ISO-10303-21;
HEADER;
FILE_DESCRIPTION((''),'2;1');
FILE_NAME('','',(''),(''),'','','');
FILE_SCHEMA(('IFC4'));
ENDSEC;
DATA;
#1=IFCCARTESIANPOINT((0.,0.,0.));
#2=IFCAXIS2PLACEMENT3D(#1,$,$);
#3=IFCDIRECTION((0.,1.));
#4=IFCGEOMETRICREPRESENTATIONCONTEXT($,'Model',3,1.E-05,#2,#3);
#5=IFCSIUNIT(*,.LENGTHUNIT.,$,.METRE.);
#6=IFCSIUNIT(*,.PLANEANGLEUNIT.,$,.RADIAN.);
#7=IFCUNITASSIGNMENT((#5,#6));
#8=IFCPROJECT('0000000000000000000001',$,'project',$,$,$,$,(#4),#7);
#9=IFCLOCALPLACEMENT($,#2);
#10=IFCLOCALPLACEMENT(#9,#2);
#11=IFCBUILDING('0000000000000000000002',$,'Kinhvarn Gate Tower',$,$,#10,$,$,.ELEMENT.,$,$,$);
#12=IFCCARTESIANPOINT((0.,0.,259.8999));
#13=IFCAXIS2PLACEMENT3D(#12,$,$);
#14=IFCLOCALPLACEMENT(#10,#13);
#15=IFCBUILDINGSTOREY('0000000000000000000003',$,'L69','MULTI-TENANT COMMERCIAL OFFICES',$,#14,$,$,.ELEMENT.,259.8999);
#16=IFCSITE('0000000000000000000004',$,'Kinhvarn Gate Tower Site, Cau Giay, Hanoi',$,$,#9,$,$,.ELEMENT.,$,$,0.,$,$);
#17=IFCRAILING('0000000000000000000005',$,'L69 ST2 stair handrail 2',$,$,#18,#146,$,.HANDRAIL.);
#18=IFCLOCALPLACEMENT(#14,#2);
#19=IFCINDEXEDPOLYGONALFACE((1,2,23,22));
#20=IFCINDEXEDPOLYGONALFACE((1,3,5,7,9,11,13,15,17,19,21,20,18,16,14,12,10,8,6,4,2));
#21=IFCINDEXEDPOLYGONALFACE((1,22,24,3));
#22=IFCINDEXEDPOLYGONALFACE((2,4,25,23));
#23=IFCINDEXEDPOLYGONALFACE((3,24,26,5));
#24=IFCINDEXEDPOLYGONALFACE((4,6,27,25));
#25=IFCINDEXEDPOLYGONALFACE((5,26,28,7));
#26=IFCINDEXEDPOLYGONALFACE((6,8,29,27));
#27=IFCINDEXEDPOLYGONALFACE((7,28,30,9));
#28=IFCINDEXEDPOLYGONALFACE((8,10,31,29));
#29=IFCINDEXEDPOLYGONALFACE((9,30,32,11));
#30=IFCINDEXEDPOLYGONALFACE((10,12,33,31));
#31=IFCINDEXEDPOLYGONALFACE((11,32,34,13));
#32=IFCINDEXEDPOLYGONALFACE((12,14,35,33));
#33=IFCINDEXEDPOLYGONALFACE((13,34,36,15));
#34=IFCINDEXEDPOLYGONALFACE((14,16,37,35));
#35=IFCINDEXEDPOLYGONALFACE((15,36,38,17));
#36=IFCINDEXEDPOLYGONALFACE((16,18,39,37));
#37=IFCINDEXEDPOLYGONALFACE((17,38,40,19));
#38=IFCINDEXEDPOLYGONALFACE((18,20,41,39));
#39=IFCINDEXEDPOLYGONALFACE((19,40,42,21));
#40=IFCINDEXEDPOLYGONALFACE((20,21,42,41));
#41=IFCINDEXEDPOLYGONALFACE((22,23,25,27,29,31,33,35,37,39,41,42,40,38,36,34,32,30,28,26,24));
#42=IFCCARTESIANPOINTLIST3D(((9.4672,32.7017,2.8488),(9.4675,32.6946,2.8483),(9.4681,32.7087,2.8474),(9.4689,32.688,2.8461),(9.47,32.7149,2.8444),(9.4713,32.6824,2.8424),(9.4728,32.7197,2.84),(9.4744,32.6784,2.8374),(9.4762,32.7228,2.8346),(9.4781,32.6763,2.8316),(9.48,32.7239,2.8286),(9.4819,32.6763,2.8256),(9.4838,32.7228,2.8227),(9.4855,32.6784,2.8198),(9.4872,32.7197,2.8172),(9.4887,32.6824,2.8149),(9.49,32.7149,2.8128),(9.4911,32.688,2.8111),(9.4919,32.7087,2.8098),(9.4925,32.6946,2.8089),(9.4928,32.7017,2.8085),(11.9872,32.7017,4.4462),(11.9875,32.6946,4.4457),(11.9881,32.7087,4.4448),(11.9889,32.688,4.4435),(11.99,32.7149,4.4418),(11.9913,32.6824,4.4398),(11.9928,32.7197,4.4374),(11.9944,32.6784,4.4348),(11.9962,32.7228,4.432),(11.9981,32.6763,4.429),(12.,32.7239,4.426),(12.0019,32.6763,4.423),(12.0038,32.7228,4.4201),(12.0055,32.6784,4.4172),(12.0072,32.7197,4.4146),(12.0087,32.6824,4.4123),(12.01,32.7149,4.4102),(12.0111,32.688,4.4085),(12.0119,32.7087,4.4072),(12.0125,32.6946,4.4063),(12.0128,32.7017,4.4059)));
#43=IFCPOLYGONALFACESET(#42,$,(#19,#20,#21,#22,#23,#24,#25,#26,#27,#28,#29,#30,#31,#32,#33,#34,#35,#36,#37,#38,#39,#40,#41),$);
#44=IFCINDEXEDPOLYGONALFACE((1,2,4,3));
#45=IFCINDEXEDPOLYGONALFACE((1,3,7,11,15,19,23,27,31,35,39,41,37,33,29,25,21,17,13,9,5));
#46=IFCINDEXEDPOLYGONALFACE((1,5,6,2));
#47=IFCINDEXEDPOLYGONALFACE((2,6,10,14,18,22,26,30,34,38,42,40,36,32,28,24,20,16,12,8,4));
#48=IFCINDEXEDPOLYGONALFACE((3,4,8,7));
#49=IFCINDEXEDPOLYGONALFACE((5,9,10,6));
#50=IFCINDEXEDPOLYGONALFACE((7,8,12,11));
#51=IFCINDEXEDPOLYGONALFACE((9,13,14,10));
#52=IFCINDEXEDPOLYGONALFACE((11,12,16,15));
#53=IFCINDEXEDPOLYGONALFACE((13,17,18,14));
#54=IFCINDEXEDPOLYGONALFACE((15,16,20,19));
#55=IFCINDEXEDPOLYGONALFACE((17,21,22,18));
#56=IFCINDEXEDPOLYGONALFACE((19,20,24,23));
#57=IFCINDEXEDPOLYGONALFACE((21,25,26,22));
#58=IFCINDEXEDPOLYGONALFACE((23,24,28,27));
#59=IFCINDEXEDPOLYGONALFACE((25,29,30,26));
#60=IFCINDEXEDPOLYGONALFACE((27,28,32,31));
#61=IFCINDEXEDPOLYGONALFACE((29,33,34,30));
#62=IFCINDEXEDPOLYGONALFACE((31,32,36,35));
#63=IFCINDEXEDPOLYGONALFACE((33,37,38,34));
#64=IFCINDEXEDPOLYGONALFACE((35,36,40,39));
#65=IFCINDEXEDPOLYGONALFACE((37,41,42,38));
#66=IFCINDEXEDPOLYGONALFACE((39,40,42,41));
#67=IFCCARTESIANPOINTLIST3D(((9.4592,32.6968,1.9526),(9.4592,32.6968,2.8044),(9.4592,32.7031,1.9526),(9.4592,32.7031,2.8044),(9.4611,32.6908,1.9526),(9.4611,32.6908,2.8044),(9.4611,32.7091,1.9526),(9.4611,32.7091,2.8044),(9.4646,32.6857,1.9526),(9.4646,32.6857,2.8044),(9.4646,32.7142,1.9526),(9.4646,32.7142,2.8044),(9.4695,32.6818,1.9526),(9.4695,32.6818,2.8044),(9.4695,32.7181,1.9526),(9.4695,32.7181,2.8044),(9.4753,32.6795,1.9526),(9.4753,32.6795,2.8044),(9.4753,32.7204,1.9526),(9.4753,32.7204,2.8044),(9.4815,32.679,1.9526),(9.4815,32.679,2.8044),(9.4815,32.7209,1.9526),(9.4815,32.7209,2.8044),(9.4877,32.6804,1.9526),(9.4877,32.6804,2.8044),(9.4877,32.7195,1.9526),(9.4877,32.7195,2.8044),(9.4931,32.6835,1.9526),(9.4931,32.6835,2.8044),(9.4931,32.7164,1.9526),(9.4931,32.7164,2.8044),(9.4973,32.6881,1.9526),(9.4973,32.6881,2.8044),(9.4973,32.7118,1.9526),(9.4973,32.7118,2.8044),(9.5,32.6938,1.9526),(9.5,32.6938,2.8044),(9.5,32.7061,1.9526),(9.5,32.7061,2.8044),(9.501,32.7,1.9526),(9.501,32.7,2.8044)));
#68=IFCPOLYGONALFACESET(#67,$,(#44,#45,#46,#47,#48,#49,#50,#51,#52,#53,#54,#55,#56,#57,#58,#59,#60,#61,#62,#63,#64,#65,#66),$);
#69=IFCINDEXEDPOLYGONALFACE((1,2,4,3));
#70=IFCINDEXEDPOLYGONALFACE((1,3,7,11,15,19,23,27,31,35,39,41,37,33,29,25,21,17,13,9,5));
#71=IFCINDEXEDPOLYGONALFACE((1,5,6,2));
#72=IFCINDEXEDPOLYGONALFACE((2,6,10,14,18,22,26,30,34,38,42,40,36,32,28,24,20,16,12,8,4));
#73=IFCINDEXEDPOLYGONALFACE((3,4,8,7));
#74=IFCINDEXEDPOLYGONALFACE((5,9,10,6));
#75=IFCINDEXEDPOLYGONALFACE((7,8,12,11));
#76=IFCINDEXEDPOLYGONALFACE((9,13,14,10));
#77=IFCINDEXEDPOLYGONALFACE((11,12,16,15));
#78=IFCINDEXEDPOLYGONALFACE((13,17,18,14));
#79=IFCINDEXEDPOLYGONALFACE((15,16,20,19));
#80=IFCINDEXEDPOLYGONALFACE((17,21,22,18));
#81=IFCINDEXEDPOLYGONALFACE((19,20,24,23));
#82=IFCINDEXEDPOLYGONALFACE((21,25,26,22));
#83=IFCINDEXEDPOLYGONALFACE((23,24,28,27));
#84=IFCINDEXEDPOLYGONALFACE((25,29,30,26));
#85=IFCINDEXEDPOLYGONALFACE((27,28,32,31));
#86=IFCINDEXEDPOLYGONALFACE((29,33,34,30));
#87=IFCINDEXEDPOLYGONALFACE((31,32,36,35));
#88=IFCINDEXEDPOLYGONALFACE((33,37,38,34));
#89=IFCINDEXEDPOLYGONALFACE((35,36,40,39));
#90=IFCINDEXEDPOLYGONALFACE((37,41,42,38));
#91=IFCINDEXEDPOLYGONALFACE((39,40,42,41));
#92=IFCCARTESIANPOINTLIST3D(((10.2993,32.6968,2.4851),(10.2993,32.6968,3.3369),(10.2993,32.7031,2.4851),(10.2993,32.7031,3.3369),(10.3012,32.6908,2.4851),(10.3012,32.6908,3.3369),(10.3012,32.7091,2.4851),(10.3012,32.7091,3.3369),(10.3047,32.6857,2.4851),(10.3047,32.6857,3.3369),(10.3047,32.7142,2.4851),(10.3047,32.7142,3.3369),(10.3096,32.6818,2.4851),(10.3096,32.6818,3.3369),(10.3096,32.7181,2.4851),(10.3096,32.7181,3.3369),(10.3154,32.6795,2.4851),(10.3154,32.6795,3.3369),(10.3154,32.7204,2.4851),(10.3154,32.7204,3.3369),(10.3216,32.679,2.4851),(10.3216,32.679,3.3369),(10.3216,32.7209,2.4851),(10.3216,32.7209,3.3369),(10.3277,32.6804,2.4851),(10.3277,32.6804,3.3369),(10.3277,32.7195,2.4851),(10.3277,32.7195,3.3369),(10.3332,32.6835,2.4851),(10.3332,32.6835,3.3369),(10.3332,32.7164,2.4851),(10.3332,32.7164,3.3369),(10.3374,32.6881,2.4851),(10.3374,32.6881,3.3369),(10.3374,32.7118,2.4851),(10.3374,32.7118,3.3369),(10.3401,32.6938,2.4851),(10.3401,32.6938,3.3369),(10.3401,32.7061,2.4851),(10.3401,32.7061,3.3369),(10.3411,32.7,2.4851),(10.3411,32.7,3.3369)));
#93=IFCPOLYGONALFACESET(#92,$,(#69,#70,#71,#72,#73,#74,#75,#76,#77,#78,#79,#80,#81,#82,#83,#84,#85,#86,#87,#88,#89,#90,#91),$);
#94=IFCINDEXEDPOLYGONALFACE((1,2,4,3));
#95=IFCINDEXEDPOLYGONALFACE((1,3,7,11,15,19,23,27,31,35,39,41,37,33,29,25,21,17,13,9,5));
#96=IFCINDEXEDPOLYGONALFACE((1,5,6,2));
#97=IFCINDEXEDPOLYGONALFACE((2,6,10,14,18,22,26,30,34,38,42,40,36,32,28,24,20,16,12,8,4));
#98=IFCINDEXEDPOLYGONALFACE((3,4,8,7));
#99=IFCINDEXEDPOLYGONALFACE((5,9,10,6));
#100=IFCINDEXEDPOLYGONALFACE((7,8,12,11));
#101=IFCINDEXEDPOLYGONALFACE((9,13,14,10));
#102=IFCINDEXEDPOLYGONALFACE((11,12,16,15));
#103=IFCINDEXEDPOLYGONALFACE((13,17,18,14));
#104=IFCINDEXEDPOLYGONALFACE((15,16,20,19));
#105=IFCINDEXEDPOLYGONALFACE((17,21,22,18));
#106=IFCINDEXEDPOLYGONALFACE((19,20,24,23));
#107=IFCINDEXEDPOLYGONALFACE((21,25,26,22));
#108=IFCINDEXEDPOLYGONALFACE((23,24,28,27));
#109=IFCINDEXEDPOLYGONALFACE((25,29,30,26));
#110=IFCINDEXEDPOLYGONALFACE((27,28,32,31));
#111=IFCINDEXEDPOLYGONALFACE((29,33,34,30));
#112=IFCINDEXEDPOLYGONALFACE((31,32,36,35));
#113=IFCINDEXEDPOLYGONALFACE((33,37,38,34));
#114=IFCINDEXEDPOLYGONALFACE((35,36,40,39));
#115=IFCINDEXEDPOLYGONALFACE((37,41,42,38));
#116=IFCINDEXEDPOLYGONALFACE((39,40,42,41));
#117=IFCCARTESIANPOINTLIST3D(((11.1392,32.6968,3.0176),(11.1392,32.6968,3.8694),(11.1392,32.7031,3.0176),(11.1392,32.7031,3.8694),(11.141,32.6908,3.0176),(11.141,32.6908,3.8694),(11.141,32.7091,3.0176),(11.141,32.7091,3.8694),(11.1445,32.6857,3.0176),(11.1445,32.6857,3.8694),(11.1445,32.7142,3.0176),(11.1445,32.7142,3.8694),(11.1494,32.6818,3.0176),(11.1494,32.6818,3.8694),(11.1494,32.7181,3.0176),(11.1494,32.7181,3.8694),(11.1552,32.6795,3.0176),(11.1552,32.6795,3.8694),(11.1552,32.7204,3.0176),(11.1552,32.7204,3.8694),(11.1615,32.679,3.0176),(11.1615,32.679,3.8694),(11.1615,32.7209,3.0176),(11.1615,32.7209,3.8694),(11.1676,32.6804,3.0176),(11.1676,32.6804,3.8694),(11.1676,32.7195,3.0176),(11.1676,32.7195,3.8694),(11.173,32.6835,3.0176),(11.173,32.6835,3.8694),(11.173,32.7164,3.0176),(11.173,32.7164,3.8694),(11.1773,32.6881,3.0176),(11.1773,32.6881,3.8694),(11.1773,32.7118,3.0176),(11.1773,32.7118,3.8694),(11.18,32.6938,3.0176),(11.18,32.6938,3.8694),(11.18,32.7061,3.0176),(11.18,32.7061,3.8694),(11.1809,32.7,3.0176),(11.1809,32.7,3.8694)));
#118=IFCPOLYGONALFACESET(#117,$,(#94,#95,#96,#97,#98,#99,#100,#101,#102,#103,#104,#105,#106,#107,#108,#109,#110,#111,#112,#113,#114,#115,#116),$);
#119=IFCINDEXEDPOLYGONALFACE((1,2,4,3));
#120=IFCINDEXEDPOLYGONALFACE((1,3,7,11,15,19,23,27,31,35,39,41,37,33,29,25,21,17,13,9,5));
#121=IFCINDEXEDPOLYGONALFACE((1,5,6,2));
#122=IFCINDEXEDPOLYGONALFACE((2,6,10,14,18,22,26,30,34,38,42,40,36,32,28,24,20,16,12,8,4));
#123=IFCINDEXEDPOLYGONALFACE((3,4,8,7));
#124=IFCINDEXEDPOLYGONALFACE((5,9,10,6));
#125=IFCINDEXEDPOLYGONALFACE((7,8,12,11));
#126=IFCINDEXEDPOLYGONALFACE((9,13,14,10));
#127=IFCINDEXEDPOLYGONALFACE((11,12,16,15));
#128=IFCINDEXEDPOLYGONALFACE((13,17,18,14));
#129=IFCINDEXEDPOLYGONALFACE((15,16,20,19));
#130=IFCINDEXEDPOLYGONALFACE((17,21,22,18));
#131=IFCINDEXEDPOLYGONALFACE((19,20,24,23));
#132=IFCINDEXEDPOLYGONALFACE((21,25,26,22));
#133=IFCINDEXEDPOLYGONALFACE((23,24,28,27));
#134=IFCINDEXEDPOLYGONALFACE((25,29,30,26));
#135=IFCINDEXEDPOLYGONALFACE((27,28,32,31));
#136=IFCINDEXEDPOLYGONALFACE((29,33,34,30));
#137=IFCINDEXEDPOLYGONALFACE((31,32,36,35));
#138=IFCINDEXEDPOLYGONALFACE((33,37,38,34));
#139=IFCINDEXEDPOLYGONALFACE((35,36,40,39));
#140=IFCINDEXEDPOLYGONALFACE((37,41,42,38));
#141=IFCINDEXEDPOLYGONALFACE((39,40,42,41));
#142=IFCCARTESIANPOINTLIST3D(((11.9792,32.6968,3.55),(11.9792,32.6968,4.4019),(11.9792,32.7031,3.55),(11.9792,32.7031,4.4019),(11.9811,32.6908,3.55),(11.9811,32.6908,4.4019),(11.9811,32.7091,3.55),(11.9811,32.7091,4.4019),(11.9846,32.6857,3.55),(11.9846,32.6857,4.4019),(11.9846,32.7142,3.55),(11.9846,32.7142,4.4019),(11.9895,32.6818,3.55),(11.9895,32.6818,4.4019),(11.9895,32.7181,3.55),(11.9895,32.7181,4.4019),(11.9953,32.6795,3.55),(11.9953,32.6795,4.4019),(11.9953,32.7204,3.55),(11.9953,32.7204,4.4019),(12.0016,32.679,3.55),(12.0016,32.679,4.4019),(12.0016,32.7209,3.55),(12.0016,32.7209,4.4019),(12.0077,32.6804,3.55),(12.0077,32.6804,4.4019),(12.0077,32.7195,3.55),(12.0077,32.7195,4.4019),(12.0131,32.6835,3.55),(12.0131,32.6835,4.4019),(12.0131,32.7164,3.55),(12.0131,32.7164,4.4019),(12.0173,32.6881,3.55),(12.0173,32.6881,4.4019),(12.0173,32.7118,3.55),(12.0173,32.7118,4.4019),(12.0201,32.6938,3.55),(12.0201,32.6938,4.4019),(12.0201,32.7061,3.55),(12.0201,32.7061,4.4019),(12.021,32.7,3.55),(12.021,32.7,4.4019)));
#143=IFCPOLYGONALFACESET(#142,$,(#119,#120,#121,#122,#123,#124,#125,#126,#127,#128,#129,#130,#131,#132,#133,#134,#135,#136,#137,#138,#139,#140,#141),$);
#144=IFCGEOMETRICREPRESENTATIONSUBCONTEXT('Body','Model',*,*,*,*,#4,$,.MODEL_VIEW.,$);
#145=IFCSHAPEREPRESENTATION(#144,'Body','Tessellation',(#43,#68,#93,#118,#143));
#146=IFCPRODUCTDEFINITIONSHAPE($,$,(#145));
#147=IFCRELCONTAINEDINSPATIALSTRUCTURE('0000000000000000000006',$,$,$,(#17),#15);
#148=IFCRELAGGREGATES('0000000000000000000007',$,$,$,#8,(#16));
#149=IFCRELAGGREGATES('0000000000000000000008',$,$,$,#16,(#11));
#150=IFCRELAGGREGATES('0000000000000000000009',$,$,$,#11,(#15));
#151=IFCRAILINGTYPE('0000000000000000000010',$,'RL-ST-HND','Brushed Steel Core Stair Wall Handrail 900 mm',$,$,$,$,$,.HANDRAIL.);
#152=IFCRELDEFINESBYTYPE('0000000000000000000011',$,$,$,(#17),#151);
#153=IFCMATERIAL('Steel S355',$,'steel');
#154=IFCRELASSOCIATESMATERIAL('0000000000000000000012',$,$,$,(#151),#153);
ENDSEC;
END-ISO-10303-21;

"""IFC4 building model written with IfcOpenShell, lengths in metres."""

from ifc_helpers import new_model, si_unit, direction, frame, origin, origin_2d, place, context, subcontext, project, spatial, circle, extrude, material, type_object, element, save


model = new_model("IFC4")

# Units and contexts
model_context = context("Model", 3, precision=1e-05, world=origin(), true_north=direction((0.0, 1.0)))
body_context = subcontext(model_context, "Body", "Model", "MODEL_VIEW")
ifc_project = project(units=[si_unit("LENGTHUNIT", "METRE"), si_unit("PLANEANGLEUNIT", "RADIAN")], contexts=[model_context])

# Site, building, storey
site_placement = place(None, origin())
site = spatial("IfcSite", under=ifc_project, at=site_placement, Name="Kinhvarn Gate Tower Site, Cau Giay, Hanoi", CompositionType="ELEMENT", RefElevation=0.0)
building_placement = place(site_placement, origin())
building = spatial("IfcBuilding", under=site, at=building_placement, Name="Kinhvarn Gate Tower", CompositionType="ELEMENT")
storey_placement = place(building_placement, frame((0.0, 0.0, 259.8999)))
storey = spatial("IfcBuildingStorey", under=building, at=storey_placement, Name="L69", Description="MULTI-TENANT COMMERCIAL OFFICES", CompositionType="ELEMENT", Elevation=259.8999)

# Railing
ifc_material_1 = material(Name="Steel S355", Category="steel")
railing_type_1 = type_object("IfcRailingType", Name="RL-ST-HND", Description="Brushed Steel Core Stair Wall Handrail 900 mm", PredefinedType="HANDRAIL", material=ifc_material_1)
railing_1_placement = place(storey_placement, frame((9.48, 32.7, 1.9526)))
element("IfcRailing", 1, at=railing_1_placement, inside=storey, type_object=railing_type_1, Name="L69 ST2 stair handrail 2", PredefinedType="HANDRAIL", context=body_context, shape_type="SweptSolid", body=[
    extrude(circle(Radius=0.0239, at=origin_2d()), frame((0.0, 0.0, 0.876), z_axis=(0.844607, 0.0, 0.535387), x_axis=(0.0, 1.0, 0.0)), (0.0, 0.0, 1.0), 2.9836),
    extrude(circle(Radius=0.021, at=origin_2d()), origin(), (0.0, 0.0, 1.0), 0.8518),
    extrude(circle(Radius=0.021, at=origin_2d()), frame((0.8401, 0.0, 0.5325)), (0.0, 0.0, 1.0), 0.8518),
    extrude(circle(Radius=0.021, at=origin_2d()), frame((1.6799, 0.0, 1.0649)), (0.0, 0.0, 1.0), 0.8518),
    extrude(circle(Radius=0.021, at=origin_2d()), frame((2.52, 0.0, 1.5974)), (0.0, 0.0, 1.0), 0.8518),
])

save(model, "model.ifc")
